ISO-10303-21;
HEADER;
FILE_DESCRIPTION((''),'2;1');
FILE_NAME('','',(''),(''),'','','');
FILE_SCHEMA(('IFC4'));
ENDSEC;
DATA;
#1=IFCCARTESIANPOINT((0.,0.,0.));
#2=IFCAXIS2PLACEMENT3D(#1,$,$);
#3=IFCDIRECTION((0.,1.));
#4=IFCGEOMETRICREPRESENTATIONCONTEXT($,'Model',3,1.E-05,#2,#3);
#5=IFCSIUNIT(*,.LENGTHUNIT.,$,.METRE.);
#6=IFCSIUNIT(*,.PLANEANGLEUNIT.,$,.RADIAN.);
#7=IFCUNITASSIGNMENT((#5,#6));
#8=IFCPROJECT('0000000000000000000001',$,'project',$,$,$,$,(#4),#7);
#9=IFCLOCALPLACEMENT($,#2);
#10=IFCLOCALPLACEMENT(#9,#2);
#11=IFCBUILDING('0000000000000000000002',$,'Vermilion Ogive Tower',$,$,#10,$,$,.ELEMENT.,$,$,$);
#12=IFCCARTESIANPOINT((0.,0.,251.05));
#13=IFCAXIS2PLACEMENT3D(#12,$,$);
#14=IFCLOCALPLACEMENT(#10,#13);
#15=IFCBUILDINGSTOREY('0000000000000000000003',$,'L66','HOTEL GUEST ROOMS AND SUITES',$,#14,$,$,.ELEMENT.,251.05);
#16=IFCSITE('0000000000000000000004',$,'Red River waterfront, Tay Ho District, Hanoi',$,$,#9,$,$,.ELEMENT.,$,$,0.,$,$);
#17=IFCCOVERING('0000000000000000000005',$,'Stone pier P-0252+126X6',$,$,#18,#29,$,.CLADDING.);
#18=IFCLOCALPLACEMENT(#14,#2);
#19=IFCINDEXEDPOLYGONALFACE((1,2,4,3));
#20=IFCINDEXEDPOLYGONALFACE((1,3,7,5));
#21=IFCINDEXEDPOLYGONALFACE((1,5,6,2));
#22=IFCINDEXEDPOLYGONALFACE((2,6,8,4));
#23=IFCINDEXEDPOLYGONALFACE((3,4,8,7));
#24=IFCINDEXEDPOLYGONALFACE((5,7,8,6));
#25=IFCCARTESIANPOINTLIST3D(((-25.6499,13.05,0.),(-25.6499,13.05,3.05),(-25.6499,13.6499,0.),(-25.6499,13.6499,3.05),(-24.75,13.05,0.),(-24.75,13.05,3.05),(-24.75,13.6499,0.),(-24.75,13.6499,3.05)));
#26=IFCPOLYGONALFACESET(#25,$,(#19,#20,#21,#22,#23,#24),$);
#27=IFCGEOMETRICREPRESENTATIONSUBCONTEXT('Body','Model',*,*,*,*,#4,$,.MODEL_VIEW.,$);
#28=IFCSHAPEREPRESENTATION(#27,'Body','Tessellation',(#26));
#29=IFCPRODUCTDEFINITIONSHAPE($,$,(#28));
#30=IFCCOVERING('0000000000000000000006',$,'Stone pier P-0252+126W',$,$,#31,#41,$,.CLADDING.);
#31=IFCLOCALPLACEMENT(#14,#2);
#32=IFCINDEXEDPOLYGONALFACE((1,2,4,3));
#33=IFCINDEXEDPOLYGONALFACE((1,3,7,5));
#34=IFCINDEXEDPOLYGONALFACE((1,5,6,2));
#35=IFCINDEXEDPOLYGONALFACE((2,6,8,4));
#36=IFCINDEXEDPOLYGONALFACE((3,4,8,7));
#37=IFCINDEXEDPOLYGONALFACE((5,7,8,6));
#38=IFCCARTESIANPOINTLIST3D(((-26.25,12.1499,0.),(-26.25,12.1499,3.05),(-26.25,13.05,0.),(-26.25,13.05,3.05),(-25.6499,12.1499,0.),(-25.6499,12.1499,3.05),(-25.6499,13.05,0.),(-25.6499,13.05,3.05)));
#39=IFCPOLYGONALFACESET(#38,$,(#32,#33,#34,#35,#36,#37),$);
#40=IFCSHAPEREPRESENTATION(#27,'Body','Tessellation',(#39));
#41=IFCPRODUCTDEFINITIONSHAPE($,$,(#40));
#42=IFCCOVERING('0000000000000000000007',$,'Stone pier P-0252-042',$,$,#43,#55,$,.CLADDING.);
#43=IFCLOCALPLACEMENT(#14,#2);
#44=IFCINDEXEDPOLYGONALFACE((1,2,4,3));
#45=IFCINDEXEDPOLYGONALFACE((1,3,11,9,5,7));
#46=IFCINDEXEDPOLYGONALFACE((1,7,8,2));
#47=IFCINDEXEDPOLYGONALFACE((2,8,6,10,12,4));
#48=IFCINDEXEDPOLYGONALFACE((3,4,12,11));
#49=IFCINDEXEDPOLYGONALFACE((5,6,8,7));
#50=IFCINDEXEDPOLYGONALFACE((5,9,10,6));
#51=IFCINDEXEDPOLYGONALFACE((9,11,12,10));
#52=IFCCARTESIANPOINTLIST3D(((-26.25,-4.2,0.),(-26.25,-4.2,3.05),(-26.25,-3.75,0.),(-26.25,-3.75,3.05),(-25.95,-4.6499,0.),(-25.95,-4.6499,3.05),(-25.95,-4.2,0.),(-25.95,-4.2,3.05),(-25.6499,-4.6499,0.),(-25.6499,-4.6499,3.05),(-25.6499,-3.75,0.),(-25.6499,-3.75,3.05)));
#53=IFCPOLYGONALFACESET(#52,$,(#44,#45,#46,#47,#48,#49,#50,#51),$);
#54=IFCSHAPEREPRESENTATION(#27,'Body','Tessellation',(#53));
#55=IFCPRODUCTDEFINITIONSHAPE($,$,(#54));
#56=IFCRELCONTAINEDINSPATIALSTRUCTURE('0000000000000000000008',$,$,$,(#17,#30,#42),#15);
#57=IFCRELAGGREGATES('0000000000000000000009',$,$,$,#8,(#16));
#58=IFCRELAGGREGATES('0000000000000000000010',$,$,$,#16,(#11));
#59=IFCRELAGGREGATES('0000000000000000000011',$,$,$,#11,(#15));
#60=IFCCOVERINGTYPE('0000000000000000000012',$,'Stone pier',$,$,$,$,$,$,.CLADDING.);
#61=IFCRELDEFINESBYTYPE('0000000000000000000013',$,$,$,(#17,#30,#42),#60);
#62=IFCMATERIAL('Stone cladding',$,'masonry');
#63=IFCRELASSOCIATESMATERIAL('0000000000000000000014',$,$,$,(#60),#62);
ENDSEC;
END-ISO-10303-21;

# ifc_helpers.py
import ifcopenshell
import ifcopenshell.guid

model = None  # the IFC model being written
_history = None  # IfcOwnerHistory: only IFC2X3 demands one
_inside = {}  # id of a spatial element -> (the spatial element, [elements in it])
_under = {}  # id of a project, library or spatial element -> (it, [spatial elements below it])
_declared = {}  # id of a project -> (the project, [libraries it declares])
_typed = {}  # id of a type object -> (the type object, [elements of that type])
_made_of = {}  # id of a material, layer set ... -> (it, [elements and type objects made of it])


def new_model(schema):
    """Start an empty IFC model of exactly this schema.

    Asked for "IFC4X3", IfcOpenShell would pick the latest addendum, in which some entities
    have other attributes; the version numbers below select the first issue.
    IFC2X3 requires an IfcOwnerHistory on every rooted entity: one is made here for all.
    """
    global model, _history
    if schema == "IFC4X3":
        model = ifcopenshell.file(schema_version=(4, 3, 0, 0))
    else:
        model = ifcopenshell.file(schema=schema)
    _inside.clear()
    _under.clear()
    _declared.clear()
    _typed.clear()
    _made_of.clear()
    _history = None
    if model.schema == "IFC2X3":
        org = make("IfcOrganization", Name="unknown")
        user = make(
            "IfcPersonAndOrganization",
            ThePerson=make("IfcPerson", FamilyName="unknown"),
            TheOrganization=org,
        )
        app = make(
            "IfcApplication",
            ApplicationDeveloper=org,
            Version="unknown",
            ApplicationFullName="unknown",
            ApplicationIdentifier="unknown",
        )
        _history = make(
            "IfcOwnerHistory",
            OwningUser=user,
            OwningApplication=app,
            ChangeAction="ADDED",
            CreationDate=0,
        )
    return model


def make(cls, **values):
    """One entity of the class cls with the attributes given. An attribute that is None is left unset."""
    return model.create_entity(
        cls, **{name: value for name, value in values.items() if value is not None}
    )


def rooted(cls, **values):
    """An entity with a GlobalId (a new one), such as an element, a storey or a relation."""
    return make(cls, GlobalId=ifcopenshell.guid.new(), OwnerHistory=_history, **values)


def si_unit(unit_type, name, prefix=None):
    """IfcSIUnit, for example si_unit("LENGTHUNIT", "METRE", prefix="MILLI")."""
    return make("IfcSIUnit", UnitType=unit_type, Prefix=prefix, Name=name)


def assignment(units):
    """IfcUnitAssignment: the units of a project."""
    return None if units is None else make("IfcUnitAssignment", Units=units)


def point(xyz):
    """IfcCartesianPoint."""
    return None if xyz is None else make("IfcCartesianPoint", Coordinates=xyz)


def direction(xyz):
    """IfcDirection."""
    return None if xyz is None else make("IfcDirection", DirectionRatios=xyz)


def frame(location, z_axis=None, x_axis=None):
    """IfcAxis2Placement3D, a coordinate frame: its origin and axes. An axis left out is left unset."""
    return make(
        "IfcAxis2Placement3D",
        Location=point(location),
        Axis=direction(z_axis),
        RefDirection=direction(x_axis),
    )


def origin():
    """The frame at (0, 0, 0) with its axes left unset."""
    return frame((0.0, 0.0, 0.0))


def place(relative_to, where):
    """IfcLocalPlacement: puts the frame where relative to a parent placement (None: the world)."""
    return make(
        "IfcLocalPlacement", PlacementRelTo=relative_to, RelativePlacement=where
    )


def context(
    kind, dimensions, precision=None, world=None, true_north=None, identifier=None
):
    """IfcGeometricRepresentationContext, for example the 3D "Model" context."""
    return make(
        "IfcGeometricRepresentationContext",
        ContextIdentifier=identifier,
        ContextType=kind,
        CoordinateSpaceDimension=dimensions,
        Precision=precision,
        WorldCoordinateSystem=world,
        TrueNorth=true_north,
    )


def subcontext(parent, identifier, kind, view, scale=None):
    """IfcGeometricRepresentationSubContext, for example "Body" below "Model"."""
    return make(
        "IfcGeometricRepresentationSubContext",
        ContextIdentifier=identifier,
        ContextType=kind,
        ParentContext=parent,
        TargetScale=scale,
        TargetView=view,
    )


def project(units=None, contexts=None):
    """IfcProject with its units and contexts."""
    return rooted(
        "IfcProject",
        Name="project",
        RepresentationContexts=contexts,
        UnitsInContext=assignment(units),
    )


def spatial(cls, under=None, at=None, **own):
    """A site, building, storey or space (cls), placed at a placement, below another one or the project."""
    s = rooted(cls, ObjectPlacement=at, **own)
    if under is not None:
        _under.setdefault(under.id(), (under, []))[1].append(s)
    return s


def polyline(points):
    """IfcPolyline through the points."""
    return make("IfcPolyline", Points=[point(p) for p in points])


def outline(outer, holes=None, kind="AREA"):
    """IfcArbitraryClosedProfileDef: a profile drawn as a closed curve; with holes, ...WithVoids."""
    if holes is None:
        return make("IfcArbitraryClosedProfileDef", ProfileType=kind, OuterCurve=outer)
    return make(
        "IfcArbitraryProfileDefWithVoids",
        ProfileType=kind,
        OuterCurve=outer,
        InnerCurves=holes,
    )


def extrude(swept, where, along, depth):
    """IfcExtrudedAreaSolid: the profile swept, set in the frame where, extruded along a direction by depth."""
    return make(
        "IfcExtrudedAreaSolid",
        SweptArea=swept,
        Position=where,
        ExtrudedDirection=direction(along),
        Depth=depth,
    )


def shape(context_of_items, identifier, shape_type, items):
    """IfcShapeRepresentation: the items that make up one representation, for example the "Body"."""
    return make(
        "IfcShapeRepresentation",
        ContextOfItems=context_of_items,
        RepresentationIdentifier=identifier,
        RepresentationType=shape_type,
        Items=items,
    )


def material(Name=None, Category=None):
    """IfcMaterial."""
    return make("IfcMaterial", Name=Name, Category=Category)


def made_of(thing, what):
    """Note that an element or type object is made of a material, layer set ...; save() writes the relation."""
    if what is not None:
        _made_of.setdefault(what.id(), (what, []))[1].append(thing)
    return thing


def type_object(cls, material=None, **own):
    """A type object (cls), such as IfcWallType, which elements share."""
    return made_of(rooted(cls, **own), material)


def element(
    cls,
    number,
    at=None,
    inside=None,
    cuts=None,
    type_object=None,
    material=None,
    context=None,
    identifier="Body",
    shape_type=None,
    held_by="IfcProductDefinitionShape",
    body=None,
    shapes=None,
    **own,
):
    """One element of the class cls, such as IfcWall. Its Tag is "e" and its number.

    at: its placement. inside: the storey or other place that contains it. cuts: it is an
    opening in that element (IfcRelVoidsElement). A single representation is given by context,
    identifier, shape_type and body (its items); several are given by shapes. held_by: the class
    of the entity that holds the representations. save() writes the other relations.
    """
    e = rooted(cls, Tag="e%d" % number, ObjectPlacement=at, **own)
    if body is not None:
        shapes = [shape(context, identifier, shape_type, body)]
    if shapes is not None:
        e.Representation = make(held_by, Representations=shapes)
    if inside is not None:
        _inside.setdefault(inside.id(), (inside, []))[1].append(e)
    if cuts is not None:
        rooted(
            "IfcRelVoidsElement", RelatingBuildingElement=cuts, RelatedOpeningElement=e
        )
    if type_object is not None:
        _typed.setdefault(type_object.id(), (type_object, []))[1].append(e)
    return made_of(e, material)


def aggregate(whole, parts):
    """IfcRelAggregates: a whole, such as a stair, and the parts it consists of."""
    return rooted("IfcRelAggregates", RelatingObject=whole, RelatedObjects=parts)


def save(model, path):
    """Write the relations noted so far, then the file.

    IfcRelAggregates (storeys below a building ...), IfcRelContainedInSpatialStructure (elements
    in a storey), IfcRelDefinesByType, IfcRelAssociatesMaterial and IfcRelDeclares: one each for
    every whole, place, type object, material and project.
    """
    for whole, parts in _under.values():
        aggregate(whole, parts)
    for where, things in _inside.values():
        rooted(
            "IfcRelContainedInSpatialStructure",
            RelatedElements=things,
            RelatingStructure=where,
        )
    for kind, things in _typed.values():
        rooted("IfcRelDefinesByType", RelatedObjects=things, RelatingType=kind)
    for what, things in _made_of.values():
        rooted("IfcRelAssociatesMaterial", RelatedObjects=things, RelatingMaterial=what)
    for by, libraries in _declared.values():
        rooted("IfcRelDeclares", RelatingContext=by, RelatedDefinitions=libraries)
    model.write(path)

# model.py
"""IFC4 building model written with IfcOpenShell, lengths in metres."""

from ifc_helpers import new_model, si_unit, direction, frame, origin, place, context, subcontext, project, spatial, polyline, outline, extrude, material, type_object, element, save


model = new_model("IFC4")

# Units and contexts
model_context = context("Model", 3, precision=1e-05, world=origin(), true_north=direction((0.0, 1.0)))
body_context = subcontext(model_context, "Body", "Model", "MODEL_VIEW")
ifc_project = project(units=[si_unit("LENGTHUNIT", "METRE"), si_unit("PLANEANGLEUNIT", "RADIAN")], contexts=[model_context])

# Site, building, storey
site_placement = place(None, origin())
site = spatial("IfcSite", under=ifc_project, at=site_placement, Name="Red River waterfront, Tay Ho District, Hanoi", CompositionType="ELEMENT", RefElevation=0.0)
building_placement = place(site_placement, origin())
building = spatial("IfcBuilding", under=site, at=building_placement, Name="Vermilion Ogive Tower", CompositionType="ELEMENT")
storey_placement = place(building_placement, frame((0.0, 0.0, 251.05)))
storey = spatial("IfcBuildingStorey", under=building, at=storey_placement, Name="L66", Description="HOTEL GUEST ROOMS AND SUITES", CompositionType="ELEMENT", Elevation=251.05)

# Coverings
ifc_material_1 = material(Name="Stone cladding", Category="masonry")
covering_type = type_object("IfcCoveringType", Name="Stone pier", PredefinedType="CLADDING", material=ifc_material_1)
covering_1_placement = place(storey_placement, origin())
element("IfcCovering", 1, at=covering_1_placement, inside=storey, type_object=covering_type, Name="Stone pier P-0252+126X6", PredefinedType="CLADDING", context=body_context, shape_type="SweptSolid", body=[
    extrude(outline(polyline([(-25.6499, 13.05), (-25.6499, 13.6499), (-24.75, 13.6499), (-24.75, 13.05), (-24.75, 13.05), (-25.6499, 13.05)])), origin(), (0.0, 0.0, 1.0), 3.05),
])
covering_2_placement = place(storey_placement, origin())
element("IfcCovering", 2, at=covering_2_placement, inside=storey, type_object=covering_type, Name="Stone pier P-0252+126W", PredefinedType="CLADDING", context=body_context, shape_type="SweptSolid", body=[
    extrude(outline(polyline([(-26.25, 13.05), (-25.6499, 13.05), (-25.6499, 12.1499), (-26.25, 12.1499), (-26.25, 13.05)])), origin(), (0.0, 0.0, 1.0), 3.05),
])
covering_3_placement = place(storey_placement, origin())
element("IfcCovering", 3, at=covering_3_placement, inside=storey, type_object=covering_type, Name="Stone pier P-0252-042", PredefinedType="CLADDING", context=body_context, shape_type="SweptSolid", body=[
    extrude(outline(polyline([(-25.95, -4.6499), (-25.95, -4.2), (-26.25, -4.2), (-26.25, -3.75), (-25.6499, -3.75), (-25.6499, -4.6499), (-25.95, -4.6499)])), origin(), (0.0, 0.0, 1.0), 3.05),
])

save(model, "model.ifc")
